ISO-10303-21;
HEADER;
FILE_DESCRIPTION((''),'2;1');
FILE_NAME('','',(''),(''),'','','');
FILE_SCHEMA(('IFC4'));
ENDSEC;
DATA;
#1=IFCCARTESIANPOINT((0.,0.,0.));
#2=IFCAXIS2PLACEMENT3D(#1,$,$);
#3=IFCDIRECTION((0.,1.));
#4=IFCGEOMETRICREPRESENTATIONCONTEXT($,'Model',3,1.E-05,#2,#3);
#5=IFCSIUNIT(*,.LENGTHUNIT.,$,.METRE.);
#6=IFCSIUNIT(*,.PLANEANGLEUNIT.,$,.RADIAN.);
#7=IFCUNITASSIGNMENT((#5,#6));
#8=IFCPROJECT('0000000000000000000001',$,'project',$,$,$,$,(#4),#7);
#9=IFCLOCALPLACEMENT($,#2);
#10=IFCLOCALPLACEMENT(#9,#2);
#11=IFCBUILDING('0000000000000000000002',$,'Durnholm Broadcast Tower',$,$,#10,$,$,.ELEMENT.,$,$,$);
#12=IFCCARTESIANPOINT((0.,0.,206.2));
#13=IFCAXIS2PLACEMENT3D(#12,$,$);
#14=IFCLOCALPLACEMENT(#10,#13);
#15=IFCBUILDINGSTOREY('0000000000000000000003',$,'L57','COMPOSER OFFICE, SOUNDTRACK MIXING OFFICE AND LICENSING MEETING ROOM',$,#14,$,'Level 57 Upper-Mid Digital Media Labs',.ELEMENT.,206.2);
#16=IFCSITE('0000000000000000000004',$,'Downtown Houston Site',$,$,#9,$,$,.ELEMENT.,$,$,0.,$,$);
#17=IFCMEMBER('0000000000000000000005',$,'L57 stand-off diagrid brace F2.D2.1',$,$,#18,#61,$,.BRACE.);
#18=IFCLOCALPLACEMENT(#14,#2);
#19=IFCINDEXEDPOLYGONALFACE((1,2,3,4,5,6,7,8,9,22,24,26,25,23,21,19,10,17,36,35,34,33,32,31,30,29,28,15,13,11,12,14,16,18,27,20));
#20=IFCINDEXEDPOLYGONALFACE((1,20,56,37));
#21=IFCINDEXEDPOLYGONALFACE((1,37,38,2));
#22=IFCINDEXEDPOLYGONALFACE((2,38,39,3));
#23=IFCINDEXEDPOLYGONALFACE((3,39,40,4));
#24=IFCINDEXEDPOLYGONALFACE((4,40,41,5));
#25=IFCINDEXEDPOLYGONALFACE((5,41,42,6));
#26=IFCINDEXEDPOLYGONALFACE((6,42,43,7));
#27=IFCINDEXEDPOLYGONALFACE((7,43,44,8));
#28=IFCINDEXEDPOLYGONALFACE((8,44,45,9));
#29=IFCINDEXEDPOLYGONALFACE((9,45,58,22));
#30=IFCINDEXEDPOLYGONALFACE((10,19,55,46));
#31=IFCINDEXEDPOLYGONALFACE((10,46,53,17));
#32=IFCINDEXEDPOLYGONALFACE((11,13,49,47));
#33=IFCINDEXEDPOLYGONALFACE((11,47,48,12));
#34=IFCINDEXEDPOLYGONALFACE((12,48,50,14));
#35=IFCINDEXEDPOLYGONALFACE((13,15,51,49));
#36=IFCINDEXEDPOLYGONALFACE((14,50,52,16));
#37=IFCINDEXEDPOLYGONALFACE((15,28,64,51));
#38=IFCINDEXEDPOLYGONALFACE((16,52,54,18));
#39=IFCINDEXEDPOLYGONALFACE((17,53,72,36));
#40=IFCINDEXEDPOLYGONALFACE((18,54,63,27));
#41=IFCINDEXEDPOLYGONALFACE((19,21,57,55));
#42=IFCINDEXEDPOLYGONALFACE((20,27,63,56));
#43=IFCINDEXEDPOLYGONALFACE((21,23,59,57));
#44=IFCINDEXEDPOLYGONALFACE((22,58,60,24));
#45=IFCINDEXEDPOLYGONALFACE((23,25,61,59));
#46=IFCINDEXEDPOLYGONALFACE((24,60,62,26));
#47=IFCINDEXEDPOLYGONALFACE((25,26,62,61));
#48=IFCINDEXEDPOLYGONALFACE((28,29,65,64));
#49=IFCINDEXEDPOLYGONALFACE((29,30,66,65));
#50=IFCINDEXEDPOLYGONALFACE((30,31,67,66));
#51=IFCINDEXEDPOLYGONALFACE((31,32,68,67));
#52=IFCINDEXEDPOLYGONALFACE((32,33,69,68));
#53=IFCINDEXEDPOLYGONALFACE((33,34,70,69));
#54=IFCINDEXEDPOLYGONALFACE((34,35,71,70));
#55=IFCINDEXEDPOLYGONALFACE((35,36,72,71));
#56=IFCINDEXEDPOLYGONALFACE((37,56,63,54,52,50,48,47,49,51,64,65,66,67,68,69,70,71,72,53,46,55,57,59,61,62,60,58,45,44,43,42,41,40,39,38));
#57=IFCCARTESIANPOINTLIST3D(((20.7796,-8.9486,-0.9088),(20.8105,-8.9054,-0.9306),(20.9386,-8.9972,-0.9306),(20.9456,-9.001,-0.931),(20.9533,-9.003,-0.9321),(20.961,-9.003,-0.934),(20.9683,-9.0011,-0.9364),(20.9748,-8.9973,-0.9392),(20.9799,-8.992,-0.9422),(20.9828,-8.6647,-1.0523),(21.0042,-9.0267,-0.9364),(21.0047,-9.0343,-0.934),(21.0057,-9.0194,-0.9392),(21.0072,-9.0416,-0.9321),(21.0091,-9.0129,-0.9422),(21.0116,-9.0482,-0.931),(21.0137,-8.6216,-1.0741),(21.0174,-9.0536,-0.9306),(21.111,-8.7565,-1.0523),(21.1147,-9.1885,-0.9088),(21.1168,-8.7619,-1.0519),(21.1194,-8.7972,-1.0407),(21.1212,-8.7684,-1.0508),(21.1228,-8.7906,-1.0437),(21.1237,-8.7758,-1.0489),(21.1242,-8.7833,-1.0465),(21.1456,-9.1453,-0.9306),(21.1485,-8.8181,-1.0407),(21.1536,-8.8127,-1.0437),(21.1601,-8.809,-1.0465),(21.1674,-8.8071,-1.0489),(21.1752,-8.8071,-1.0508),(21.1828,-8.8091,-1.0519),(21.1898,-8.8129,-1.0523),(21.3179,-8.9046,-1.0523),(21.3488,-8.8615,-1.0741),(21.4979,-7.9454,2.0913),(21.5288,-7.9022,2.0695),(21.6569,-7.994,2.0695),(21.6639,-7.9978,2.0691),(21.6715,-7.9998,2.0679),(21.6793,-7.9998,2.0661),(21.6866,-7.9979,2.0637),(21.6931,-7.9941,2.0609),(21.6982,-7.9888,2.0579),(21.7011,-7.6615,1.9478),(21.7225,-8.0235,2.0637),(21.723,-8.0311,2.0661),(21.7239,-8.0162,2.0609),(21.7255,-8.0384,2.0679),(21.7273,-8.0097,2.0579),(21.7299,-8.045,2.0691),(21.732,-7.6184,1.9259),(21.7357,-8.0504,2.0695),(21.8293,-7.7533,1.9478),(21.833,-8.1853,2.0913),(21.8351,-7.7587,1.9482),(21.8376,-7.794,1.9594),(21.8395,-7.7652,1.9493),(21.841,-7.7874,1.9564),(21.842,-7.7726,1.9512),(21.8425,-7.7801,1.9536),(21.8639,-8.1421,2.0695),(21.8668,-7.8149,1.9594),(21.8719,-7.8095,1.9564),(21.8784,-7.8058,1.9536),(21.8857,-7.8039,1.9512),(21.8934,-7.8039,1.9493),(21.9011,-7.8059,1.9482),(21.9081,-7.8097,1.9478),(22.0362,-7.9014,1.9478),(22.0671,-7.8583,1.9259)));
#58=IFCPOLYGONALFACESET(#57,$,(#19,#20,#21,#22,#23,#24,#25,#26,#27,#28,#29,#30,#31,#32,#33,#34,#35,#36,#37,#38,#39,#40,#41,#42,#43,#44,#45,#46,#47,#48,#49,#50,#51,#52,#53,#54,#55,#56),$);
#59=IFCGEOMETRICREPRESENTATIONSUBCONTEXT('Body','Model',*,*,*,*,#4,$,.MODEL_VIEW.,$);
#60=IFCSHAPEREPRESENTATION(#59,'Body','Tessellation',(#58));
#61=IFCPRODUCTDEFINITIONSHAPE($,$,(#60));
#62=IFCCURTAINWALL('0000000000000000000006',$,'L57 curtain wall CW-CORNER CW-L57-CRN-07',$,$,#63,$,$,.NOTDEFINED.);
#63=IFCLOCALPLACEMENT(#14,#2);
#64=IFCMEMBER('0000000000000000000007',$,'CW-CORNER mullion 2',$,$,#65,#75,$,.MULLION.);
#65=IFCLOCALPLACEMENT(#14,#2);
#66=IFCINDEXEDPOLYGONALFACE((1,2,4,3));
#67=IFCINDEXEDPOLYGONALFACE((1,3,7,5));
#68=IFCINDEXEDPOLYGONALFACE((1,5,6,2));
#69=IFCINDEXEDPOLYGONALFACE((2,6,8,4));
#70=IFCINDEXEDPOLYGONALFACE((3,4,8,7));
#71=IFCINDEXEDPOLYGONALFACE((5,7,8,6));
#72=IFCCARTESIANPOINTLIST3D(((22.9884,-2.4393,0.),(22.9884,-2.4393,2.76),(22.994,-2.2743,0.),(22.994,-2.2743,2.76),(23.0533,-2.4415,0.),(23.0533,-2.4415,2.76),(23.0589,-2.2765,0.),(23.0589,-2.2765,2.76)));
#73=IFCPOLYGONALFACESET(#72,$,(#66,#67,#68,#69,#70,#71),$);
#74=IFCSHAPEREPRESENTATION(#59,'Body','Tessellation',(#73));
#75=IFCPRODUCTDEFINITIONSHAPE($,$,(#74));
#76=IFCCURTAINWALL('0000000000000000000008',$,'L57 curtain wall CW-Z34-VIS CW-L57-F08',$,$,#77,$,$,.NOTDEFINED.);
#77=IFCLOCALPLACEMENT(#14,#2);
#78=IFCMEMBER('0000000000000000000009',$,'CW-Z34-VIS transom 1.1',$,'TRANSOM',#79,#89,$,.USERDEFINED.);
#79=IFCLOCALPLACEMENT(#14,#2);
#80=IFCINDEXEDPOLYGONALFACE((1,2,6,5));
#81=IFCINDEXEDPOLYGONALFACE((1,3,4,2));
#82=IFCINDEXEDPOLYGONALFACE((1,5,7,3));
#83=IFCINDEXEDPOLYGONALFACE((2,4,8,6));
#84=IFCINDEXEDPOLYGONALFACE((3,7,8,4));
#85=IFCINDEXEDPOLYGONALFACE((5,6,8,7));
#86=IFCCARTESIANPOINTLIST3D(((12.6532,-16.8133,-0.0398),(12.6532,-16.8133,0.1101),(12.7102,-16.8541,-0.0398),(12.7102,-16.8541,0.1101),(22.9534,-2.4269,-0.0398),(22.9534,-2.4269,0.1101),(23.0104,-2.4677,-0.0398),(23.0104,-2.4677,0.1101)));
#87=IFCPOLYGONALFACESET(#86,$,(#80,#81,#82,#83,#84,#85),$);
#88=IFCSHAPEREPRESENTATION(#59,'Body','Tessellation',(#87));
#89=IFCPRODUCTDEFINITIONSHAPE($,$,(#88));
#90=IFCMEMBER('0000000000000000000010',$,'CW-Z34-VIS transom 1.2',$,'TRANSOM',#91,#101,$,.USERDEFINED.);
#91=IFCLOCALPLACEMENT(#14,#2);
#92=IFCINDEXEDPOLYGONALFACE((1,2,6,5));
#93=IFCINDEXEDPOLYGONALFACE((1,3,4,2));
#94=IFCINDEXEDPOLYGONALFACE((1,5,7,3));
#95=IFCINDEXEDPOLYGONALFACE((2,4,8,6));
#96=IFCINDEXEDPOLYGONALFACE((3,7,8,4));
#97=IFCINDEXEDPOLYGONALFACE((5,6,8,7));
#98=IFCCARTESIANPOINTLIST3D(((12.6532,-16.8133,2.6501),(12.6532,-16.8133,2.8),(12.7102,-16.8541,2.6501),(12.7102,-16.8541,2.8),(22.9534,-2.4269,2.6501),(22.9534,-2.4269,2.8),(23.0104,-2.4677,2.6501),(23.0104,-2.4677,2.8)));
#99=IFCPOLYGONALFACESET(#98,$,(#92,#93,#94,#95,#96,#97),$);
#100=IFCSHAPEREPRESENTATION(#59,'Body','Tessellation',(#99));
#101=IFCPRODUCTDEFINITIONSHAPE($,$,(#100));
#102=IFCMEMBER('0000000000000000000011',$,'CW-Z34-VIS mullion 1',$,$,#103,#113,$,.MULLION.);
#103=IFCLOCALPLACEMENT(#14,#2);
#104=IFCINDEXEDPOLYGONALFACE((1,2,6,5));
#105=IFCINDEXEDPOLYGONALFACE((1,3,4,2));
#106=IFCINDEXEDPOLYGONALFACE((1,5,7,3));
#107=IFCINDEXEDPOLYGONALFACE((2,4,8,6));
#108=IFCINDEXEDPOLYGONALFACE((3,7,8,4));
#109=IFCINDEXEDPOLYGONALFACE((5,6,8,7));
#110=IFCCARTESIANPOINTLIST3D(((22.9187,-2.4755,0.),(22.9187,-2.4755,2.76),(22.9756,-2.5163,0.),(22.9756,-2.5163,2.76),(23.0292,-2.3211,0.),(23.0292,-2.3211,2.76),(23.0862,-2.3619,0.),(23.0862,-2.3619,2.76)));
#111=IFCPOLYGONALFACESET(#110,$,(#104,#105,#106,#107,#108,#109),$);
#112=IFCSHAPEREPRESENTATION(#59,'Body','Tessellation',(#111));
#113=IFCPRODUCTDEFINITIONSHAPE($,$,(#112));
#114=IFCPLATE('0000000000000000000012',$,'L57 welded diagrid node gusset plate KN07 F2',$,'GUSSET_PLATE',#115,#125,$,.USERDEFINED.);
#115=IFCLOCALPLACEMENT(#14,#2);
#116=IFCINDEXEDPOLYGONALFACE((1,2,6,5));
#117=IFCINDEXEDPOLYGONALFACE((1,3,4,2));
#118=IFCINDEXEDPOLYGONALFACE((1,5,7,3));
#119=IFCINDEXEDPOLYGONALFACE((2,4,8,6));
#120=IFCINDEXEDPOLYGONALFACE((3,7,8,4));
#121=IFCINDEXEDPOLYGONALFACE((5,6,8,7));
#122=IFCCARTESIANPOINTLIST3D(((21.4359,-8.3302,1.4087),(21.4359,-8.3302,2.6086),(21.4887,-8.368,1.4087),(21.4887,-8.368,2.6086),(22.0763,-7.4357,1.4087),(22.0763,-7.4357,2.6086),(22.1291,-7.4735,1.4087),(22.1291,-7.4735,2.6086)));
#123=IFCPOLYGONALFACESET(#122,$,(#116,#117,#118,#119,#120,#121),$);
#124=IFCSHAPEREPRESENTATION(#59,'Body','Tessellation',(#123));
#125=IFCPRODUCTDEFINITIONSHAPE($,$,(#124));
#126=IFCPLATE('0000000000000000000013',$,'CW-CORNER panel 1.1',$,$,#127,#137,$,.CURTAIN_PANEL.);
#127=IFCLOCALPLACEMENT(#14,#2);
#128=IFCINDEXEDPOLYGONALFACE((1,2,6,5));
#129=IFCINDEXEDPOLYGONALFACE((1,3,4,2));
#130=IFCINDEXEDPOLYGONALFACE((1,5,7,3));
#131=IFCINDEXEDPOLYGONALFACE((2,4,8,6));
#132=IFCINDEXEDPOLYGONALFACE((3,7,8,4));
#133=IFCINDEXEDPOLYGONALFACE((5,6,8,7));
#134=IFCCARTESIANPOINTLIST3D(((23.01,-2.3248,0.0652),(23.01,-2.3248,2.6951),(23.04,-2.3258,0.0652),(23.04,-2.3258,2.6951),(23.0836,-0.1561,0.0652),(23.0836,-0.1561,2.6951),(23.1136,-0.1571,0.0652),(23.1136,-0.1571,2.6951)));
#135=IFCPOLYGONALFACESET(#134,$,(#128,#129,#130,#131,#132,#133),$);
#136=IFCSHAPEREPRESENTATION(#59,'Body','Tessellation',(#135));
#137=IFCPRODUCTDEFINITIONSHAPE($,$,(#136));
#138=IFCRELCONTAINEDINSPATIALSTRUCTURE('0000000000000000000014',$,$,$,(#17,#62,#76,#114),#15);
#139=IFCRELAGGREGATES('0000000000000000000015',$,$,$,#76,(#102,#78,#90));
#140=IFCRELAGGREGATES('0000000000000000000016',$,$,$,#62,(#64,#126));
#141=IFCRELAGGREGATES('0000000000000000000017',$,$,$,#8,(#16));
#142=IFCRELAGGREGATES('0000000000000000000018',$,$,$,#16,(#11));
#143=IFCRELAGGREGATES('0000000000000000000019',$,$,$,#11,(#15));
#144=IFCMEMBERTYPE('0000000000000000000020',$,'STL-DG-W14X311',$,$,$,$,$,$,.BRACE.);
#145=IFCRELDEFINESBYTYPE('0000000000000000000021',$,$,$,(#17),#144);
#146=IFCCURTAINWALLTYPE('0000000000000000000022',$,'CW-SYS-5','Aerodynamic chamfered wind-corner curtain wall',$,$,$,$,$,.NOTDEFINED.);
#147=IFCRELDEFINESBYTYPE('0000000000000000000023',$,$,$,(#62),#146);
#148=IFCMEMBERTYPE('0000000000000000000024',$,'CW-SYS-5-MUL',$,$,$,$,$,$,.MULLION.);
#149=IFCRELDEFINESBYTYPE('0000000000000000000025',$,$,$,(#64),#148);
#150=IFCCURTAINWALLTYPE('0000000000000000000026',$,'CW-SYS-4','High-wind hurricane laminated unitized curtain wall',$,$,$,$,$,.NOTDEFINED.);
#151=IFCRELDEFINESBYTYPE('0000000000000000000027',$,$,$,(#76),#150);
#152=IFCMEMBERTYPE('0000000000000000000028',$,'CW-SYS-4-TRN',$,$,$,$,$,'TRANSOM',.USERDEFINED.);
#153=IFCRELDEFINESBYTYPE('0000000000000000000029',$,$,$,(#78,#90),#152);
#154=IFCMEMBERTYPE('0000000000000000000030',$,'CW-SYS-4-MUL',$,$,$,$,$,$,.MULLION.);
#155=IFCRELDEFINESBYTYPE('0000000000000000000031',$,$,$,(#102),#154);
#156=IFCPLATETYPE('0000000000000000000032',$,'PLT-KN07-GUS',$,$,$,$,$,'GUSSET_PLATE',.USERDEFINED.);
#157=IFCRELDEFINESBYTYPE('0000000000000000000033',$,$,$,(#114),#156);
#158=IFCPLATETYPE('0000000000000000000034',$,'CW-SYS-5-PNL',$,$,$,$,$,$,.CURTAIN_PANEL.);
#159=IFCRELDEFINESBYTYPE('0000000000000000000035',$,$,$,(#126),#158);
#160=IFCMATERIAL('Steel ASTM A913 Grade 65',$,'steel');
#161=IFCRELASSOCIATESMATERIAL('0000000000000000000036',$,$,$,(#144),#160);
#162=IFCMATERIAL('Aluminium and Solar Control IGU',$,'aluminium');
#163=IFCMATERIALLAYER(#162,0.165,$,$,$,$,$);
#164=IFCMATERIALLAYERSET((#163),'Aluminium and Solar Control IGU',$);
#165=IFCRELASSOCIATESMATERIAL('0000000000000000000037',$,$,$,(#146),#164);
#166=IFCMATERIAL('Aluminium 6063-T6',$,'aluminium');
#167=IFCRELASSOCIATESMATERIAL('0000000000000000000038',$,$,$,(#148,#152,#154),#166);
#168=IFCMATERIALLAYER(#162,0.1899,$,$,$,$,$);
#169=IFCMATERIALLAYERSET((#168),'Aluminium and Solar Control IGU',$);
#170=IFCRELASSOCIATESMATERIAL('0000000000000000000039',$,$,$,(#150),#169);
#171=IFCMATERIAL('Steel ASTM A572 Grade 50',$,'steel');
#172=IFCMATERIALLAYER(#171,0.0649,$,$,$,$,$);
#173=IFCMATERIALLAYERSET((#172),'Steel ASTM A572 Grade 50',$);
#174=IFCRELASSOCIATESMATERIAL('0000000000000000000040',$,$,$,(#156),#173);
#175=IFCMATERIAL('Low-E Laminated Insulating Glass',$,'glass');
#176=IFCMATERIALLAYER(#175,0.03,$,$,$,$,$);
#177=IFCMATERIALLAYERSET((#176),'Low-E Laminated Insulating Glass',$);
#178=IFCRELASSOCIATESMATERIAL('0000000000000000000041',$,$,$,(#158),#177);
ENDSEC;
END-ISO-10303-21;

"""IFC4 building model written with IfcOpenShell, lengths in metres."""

from ifc_helpers import new_model, si_unit, direction, frame, origin, origin_2d, place, context, subcontext, project, spatial, rectangle, i_section, extrude, source, transform, mapped, material, layer, layer_set, material_profile, profile_set, type_object, type_shapes, element, aggregate, save


model = new_model("IFC4")

# Units and contexts
model_context = context("Model", 3, precision=1e-05, world=origin(), true_north=direction((0.0, 1.0)))
body_context = subcontext(model_context, "Body", "Model", "MODEL_VIEW")
ifc_project = project(units=[si_unit("LENGTHUNIT", "METRE"), si_unit("PLANEANGLEUNIT", "RADIAN")], contexts=[model_context])

# Site, building, storey
site_placement = place(None, origin())
site = spatial("IfcSite", under=ifc_project, at=site_placement, Name="Downtown Houston Site", CompositionType="ELEMENT", RefElevation=0.0)
building_placement = place(site_placement, origin())
building = spatial("IfcBuilding", under=site, at=building_placement, Name="Durnholm Broadcast Tower", CompositionType="ELEMENT")
storey_placement = place(building_placement, frame((0.0, 0.0, 206.2)))
storey = spatial("IfcBuildingStorey", under=building, at=storey_placement, Name="L57", Description="COMPOSER OFFICE, SOUNDTRACK MIXING OFFICE AND LICENSING MEETING ROOM", LongName="Level 57 Upper-Mid Digital Media Labs", CompositionType="ELEMENT", Elevation=206.2)

# Member
ifc_material_1 = material(Name="Steel ASTM A913 Grade 65", Category="steel")
ifc_material_profile_1 = material_profile(ifc_material_1, i_section(OverallWidth=0.4121, OverallDepth=0.4348, WebThickness=0.0359, FlangeThickness=0.0574, FilletRadius=0.0305, at=origin_2d()), Name="W14X311")
ifc_profile_set_1 = profile_set([ifc_material_profile_1], Name="Steel ASTM A913 Grade 65")
member_type_1 = type_object("IfcMemberType", Name="STL-DG-W14X311", PredefinedType="BRACE", material=ifc_profile_set_1)
shared_shape_1 = source(origin(), body_context, "Body", "SweptSolid", [
    extrude(i_section(OverallWidth=0.4121, OverallDepth=0.4348, WebThickness=0.0359, FlangeThickness=0.0574, FilletRadius=0.0305, at=origin_2d()), origin(), (0.0, 0.0, 1.0), 3.2439),
])
member_1_placement = place(storey_placement, frame((21.0642, -8.905, -0.9915), z_axis=(0.221426, 0.309259, 0.92484), x_axis=(-0.813078, 0.582155, 0.0)))
element("IfcMember", 1, at=member_1_placement, inside=storey, type_object=member_type_1, Name="L57 stand-off diagrid brace F2.D2.1", PredefinedType="BRACE", context=body_context, shape_type="MappedRepresentation", body=[
    mapped(shared_shape_1, transform((0.0, 0.0, 0.0), x_axis=(1.0, 0.0, 0.0), y_axis=(0.0, 1.0, 0.0), z_axis=(0.0, 0.0, 1.0), scale=1.0)),
])

# Curtain wall, member
ifc_material_2 = material(Name="Aluminium and Solar Control IGU", Category="aluminium")
ifc_layer_1 = layer(ifc_material_2, 0.165)
ifc_layer_set_1 = layer_set([ifc_layer_1], Name="Aluminium and Solar Control IGU")
curtain_wall_type_1 = type_object("IfcCurtainWallType", Name="CW-SYS-5", Description="Aerodynamic chamfered wind-corner curtain wall", PredefinedType="NOTDEFINED", material=ifc_layer_set_1)
curtain_wall_1_placement = place(storey_placement, origin())
curtain_wall_1 = element("IfcCurtainWall", 2, at=curtain_wall_1_placement, inside=storey, type_object=curtain_wall_type_1, Name="L57 curtain wall CW-CORNER CW-L57-CRN-07", PredefinedType="NOTDEFINED")
ifc_material_3 = material(Name="Aluminium 6063-T6", Category="aluminium")
ifc_material_profile_2 = material_profile(ifc_material_3, rectangle(XDim=0.0649, YDim=0.165, at=origin_2d()), Name="CWM65X165")
ifc_profile_set_2 = profile_set([ifc_material_profile_2], Name="Aluminium 6063-T6")
member_type_2 = type_object("IfcMemberType", Name="CW-SYS-5-MUL", PredefinedType="MULLION", material=ifc_profile_set_2)
shared_shape_2 = source(origin(), body_context, "Body", "SweptSolid", [
    extrude(rectangle(XDim=0.0649, YDim=0.165, at=origin_2d()), origin(), (0.0, 0.0, 1.0), 2.76),
])
type_shapes(member_type_2, [shared_shape_2])
member_2_placement = place(storey_placement, frame((23.0237, -2.3579, 0.0), z_axis=(0.0, 0.0, 1.0), x_axis=(0.999425, -0.033913, 0.0)))
member_2 = element("IfcMember", 3, at=member_2_placement, type_object=member_type_2, Name="CW-CORNER mullion 2", PredefinedType="MULLION", context=body_context, shape_type="MappedRepresentation", body=[
    mapped(shared_shape_2, transform((0.0, 0.0, 0.0), x_axis=(1.0, 0.0, 0.0), y_axis=(0.0, 1.0, 0.0), z_axis=(0.0, 0.0, 1.0), scale=1.0)),
])

# Curtain wall, members
ifc_layer_2 = layer(ifc_material_2, 0.1899)
ifc_layer_set_2 = layer_set([ifc_layer_2], Name="Aluminium and Solar Control IGU")
curtain_wall_type_2 = type_object("IfcCurtainWallType", Name="CW-SYS-4", Description="High-wind hurricane laminated unitized curtain wall", PredefinedType="NOTDEFINED", material=ifc_layer_set_2)
curtain_wall_2_placement = place(storey_placement, origin())
curtain_wall_2 = element("IfcCurtainWall", 4, at=curtain_wall_2_placement, inside=storey, type_object=curtain_wall_type_2, Name="L57 curtain wall CW-Z34-VIS CW-L57-F08", PredefinedType="NOTDEFINED")
ifc_material_profile_3 = material_profile(ifc_material_3, rectangle(XDim=0.0701, YDim=0.1499, at=origin_2d()), Name="CWT70X150")
ifc_profile_set_3 = profile_set([ifc_material_profile_3], Name="Aluminium 6063-T6")
member_type_3 = type_object("IfcMemberType", Name="CW-SYS-4-TRN", ElementType="TRANSOM", PredefinedType="USERDEFINED", material=ifc_profile_set_3)
shared_shape_3 = source(origin(), body_context, "Body", "SweptSolid", [
    extrude(rectangle(XDim=0.0701, YDim=0.1499, at=origin_2d()), origin(), (0.0, 0.0, 1.0), 17.6936),
])
type_shapes(member_type_3, [shared_shape_3])
member_3_placement = place(storey_placement, frame((22.9819, -2.4473, 0.0352), z_axis=(-0.582145, -0.813085, 0.0), x_axis=(0.813085, -0.582145, 0.0)))
member_3 = element("IfcMember", 5, at=member_3_placement, type_object=member_type_3, Name="CW-Z34-VIS transom 1.1", ObjectType="TRANSOM", PredefinedType="USERDEFINED", context=body_context, shape_type="MappedRepresentation", body=[
    mapped(shared_shape_3, transform((0.0, 0.0, 0.0), x_axis=(1.0, 0.0, 0.0), y_axis=(0.0, 1.0, 0.0), z_axis=(0.0, 0.0, 1.0), scale=1.0)),
])
member_4_placement = place(storey_placement, frame((22.9819, -2.4473, 2.7251), z_axis=(-0.582145, -0.813085, 0.0), x_axis=(0.813085, -0.582145, 0.0)))
member_4 = element("IfcMember", 6, at=member_4_placement, type_object=member_type_3, Name="CW-Z34-VIS transom 1.2", ObjectType="TRANSOM", PredefinedType="USERDEFINED", context=body_context, shape_type="MappedRepresentation", body=[
    mapped(shared_shape_3, transform((0.0, 0.0, 0.0), x_axis=(1.0, 0.0, 0.0), y_axis=(0.0, 1.0, 0.0), z_axis=(0.0, 0.0, 1.0), scale=1.0)),
])
ifc_material_profile_4 = material_profile(ifc_material_3, rectangle(XDim=0.0701, YDim=0.1899, at=origin_2d()), Name="CWM70X190")
ifc_profile_set_4 = profile_set([ifc_material_profile_4], Name="Aluminium 6063-T6")
member_type_4 = type_object("IfcMemberType", Name="CW-SYS-4-MUL", PredefinedType="MULLION", material=ifc_profile_set_4)
shared_shape_4 = source(origin(), body_context, "Body", "SweptSolid", [
    extrude(rectangle(XDim=0.0701, YDim=0.1899, at=origin_2d()), origin(), (0.0, 0.0, 1.0), 2.76),
])
type_shapes(member_type_4, [shared_shape_4])
member_5_placement = place(storey_placement, frame((23.0024, -2.4187, 0.0), z_axis=(0.0, 0.0, 1.0), x_axis=(0.813089, -0.582139, 0.0)))
member_5 = element("IfcMember", 7, at=member_5_placement, type_object=member_type_4, Name="CW-Z34-VIS mullion 1", PredefinedType="MULLION", context=body_context, shape_type="MappedRepresentation", body=[
    mapped(shared_shape_4, transform((0.0, 0.0, 0.0), x_axis=(1.0, 0.0, 0.0), y_axis=(0.0, 1.0, 0.0), z_axis=(0.0, 0.0, 1.0), scale=1.0)),
])
aggregate(curtain_wall_2, [member_5, member_3, member_4])

# Plates
ifc_material_4 = material(Name="Steel ASTM A572 Grade 50", Category="steel")
ifc_layer_3 = layer(ifc_material_4, 0.0649)
ifc_layer_set_3 = layer_set([ifc_layer_3], Name="Steel ASTM A572 Grade 50")
plate_type_1 = type_object("IfcPlateType", Name="PLT-KN07-GUS", ElementType="GUSSET_PLATE", PredefinedType="USERDEFINED", material=ifc_layer_set_3)
shared_shape_5 = source(origin(), body_context, "Body", "SweptSolid", [
    extrude(rectangle(XDim=1.1001, YDim=0.0649, at=origin_2d()), origin(), (0.0, 0.0, 1.0), 1.2),
])
type_shapes(plate_type_1, [shared_shape_5])
plate_1_placement = place(storey_placement, frame((21.7825, -7.9019, 1.4087), z_axis=(0.0, 0.0, 1.0), x_axis=(0.582123, 0.813101, 0.0)))
element("IfcPlate", 8, at=plate_1_placement, inside=storey, type_object=plate_type_1, Name="L57 welded diagrid node gusset plate KN07 F2", ObjectType="GUSSET_PLATE", PredefinedType="USERDEFINED", context=body_context, shape_type="MappedRepresentation", body=[
    mapped(shared_shape_5, transform((0.0, 0.0, 0.0), x_axis=(1.0, 0.0, 0.0), y_axis=(0.0, 1.0, 0.0), z_axis=(0.0, 0.0, 1.0), scale=1.0)),
])
ifc_material_5 = material(Name="Low-E Laminated Insulating Glass", Category="glass")
ifc_layer_4 = layer(ifc_material_5, 0.03)
ifc_layer_set_4 = layer_set([ifc_layer_4], Name="Low-E Laminated Insulating Glass")
plate_type_2 = type_object("IfcPlateType", Name="CW-SYS-5-PNL", PredefinedType="CURTAIN_PANEL", material=ifc_layer_set_4)
shared_shape_6 = source(origin(), body_context, "Body", "SweptSolid", [
    extrude(rectangle(XDim=2.1699, YDim=0.03, at=origin_2d()), origin(), (0.0, 0.0, 1.0), 2.6299),
])
type_shapes(plate_type_2, [shared_shape_6])
plate_2_placement = place(storey_placement, frame((23.0618, -1.241, 0.0652), z_axis=(0.0, 0.0, 1.0), x_axis=(-0.033913, -0.999425, 0.0)))
plate_2 = element("IfcPlate", 9, at=plate_2_placement, type_object=plate_type_2, Name="CW-CORNER panel 1.1", PredefinedType="CURTAIN_PANEL", context=body_context, shape_type="MappedRepresentation", body=[
    mapped(shared_shape_6, transform((0.0, 0.0, 0.0), x_axis=(1.0, 0.0, 0.0), y_axis=(0.0, 1.0, 0.0), z_axis=(0.0, 0.0, 1.0), scale=1.0)),
])
aggregate(curtain_wall_1, [member_2, plate_2])

save(model, "model.ifc")
